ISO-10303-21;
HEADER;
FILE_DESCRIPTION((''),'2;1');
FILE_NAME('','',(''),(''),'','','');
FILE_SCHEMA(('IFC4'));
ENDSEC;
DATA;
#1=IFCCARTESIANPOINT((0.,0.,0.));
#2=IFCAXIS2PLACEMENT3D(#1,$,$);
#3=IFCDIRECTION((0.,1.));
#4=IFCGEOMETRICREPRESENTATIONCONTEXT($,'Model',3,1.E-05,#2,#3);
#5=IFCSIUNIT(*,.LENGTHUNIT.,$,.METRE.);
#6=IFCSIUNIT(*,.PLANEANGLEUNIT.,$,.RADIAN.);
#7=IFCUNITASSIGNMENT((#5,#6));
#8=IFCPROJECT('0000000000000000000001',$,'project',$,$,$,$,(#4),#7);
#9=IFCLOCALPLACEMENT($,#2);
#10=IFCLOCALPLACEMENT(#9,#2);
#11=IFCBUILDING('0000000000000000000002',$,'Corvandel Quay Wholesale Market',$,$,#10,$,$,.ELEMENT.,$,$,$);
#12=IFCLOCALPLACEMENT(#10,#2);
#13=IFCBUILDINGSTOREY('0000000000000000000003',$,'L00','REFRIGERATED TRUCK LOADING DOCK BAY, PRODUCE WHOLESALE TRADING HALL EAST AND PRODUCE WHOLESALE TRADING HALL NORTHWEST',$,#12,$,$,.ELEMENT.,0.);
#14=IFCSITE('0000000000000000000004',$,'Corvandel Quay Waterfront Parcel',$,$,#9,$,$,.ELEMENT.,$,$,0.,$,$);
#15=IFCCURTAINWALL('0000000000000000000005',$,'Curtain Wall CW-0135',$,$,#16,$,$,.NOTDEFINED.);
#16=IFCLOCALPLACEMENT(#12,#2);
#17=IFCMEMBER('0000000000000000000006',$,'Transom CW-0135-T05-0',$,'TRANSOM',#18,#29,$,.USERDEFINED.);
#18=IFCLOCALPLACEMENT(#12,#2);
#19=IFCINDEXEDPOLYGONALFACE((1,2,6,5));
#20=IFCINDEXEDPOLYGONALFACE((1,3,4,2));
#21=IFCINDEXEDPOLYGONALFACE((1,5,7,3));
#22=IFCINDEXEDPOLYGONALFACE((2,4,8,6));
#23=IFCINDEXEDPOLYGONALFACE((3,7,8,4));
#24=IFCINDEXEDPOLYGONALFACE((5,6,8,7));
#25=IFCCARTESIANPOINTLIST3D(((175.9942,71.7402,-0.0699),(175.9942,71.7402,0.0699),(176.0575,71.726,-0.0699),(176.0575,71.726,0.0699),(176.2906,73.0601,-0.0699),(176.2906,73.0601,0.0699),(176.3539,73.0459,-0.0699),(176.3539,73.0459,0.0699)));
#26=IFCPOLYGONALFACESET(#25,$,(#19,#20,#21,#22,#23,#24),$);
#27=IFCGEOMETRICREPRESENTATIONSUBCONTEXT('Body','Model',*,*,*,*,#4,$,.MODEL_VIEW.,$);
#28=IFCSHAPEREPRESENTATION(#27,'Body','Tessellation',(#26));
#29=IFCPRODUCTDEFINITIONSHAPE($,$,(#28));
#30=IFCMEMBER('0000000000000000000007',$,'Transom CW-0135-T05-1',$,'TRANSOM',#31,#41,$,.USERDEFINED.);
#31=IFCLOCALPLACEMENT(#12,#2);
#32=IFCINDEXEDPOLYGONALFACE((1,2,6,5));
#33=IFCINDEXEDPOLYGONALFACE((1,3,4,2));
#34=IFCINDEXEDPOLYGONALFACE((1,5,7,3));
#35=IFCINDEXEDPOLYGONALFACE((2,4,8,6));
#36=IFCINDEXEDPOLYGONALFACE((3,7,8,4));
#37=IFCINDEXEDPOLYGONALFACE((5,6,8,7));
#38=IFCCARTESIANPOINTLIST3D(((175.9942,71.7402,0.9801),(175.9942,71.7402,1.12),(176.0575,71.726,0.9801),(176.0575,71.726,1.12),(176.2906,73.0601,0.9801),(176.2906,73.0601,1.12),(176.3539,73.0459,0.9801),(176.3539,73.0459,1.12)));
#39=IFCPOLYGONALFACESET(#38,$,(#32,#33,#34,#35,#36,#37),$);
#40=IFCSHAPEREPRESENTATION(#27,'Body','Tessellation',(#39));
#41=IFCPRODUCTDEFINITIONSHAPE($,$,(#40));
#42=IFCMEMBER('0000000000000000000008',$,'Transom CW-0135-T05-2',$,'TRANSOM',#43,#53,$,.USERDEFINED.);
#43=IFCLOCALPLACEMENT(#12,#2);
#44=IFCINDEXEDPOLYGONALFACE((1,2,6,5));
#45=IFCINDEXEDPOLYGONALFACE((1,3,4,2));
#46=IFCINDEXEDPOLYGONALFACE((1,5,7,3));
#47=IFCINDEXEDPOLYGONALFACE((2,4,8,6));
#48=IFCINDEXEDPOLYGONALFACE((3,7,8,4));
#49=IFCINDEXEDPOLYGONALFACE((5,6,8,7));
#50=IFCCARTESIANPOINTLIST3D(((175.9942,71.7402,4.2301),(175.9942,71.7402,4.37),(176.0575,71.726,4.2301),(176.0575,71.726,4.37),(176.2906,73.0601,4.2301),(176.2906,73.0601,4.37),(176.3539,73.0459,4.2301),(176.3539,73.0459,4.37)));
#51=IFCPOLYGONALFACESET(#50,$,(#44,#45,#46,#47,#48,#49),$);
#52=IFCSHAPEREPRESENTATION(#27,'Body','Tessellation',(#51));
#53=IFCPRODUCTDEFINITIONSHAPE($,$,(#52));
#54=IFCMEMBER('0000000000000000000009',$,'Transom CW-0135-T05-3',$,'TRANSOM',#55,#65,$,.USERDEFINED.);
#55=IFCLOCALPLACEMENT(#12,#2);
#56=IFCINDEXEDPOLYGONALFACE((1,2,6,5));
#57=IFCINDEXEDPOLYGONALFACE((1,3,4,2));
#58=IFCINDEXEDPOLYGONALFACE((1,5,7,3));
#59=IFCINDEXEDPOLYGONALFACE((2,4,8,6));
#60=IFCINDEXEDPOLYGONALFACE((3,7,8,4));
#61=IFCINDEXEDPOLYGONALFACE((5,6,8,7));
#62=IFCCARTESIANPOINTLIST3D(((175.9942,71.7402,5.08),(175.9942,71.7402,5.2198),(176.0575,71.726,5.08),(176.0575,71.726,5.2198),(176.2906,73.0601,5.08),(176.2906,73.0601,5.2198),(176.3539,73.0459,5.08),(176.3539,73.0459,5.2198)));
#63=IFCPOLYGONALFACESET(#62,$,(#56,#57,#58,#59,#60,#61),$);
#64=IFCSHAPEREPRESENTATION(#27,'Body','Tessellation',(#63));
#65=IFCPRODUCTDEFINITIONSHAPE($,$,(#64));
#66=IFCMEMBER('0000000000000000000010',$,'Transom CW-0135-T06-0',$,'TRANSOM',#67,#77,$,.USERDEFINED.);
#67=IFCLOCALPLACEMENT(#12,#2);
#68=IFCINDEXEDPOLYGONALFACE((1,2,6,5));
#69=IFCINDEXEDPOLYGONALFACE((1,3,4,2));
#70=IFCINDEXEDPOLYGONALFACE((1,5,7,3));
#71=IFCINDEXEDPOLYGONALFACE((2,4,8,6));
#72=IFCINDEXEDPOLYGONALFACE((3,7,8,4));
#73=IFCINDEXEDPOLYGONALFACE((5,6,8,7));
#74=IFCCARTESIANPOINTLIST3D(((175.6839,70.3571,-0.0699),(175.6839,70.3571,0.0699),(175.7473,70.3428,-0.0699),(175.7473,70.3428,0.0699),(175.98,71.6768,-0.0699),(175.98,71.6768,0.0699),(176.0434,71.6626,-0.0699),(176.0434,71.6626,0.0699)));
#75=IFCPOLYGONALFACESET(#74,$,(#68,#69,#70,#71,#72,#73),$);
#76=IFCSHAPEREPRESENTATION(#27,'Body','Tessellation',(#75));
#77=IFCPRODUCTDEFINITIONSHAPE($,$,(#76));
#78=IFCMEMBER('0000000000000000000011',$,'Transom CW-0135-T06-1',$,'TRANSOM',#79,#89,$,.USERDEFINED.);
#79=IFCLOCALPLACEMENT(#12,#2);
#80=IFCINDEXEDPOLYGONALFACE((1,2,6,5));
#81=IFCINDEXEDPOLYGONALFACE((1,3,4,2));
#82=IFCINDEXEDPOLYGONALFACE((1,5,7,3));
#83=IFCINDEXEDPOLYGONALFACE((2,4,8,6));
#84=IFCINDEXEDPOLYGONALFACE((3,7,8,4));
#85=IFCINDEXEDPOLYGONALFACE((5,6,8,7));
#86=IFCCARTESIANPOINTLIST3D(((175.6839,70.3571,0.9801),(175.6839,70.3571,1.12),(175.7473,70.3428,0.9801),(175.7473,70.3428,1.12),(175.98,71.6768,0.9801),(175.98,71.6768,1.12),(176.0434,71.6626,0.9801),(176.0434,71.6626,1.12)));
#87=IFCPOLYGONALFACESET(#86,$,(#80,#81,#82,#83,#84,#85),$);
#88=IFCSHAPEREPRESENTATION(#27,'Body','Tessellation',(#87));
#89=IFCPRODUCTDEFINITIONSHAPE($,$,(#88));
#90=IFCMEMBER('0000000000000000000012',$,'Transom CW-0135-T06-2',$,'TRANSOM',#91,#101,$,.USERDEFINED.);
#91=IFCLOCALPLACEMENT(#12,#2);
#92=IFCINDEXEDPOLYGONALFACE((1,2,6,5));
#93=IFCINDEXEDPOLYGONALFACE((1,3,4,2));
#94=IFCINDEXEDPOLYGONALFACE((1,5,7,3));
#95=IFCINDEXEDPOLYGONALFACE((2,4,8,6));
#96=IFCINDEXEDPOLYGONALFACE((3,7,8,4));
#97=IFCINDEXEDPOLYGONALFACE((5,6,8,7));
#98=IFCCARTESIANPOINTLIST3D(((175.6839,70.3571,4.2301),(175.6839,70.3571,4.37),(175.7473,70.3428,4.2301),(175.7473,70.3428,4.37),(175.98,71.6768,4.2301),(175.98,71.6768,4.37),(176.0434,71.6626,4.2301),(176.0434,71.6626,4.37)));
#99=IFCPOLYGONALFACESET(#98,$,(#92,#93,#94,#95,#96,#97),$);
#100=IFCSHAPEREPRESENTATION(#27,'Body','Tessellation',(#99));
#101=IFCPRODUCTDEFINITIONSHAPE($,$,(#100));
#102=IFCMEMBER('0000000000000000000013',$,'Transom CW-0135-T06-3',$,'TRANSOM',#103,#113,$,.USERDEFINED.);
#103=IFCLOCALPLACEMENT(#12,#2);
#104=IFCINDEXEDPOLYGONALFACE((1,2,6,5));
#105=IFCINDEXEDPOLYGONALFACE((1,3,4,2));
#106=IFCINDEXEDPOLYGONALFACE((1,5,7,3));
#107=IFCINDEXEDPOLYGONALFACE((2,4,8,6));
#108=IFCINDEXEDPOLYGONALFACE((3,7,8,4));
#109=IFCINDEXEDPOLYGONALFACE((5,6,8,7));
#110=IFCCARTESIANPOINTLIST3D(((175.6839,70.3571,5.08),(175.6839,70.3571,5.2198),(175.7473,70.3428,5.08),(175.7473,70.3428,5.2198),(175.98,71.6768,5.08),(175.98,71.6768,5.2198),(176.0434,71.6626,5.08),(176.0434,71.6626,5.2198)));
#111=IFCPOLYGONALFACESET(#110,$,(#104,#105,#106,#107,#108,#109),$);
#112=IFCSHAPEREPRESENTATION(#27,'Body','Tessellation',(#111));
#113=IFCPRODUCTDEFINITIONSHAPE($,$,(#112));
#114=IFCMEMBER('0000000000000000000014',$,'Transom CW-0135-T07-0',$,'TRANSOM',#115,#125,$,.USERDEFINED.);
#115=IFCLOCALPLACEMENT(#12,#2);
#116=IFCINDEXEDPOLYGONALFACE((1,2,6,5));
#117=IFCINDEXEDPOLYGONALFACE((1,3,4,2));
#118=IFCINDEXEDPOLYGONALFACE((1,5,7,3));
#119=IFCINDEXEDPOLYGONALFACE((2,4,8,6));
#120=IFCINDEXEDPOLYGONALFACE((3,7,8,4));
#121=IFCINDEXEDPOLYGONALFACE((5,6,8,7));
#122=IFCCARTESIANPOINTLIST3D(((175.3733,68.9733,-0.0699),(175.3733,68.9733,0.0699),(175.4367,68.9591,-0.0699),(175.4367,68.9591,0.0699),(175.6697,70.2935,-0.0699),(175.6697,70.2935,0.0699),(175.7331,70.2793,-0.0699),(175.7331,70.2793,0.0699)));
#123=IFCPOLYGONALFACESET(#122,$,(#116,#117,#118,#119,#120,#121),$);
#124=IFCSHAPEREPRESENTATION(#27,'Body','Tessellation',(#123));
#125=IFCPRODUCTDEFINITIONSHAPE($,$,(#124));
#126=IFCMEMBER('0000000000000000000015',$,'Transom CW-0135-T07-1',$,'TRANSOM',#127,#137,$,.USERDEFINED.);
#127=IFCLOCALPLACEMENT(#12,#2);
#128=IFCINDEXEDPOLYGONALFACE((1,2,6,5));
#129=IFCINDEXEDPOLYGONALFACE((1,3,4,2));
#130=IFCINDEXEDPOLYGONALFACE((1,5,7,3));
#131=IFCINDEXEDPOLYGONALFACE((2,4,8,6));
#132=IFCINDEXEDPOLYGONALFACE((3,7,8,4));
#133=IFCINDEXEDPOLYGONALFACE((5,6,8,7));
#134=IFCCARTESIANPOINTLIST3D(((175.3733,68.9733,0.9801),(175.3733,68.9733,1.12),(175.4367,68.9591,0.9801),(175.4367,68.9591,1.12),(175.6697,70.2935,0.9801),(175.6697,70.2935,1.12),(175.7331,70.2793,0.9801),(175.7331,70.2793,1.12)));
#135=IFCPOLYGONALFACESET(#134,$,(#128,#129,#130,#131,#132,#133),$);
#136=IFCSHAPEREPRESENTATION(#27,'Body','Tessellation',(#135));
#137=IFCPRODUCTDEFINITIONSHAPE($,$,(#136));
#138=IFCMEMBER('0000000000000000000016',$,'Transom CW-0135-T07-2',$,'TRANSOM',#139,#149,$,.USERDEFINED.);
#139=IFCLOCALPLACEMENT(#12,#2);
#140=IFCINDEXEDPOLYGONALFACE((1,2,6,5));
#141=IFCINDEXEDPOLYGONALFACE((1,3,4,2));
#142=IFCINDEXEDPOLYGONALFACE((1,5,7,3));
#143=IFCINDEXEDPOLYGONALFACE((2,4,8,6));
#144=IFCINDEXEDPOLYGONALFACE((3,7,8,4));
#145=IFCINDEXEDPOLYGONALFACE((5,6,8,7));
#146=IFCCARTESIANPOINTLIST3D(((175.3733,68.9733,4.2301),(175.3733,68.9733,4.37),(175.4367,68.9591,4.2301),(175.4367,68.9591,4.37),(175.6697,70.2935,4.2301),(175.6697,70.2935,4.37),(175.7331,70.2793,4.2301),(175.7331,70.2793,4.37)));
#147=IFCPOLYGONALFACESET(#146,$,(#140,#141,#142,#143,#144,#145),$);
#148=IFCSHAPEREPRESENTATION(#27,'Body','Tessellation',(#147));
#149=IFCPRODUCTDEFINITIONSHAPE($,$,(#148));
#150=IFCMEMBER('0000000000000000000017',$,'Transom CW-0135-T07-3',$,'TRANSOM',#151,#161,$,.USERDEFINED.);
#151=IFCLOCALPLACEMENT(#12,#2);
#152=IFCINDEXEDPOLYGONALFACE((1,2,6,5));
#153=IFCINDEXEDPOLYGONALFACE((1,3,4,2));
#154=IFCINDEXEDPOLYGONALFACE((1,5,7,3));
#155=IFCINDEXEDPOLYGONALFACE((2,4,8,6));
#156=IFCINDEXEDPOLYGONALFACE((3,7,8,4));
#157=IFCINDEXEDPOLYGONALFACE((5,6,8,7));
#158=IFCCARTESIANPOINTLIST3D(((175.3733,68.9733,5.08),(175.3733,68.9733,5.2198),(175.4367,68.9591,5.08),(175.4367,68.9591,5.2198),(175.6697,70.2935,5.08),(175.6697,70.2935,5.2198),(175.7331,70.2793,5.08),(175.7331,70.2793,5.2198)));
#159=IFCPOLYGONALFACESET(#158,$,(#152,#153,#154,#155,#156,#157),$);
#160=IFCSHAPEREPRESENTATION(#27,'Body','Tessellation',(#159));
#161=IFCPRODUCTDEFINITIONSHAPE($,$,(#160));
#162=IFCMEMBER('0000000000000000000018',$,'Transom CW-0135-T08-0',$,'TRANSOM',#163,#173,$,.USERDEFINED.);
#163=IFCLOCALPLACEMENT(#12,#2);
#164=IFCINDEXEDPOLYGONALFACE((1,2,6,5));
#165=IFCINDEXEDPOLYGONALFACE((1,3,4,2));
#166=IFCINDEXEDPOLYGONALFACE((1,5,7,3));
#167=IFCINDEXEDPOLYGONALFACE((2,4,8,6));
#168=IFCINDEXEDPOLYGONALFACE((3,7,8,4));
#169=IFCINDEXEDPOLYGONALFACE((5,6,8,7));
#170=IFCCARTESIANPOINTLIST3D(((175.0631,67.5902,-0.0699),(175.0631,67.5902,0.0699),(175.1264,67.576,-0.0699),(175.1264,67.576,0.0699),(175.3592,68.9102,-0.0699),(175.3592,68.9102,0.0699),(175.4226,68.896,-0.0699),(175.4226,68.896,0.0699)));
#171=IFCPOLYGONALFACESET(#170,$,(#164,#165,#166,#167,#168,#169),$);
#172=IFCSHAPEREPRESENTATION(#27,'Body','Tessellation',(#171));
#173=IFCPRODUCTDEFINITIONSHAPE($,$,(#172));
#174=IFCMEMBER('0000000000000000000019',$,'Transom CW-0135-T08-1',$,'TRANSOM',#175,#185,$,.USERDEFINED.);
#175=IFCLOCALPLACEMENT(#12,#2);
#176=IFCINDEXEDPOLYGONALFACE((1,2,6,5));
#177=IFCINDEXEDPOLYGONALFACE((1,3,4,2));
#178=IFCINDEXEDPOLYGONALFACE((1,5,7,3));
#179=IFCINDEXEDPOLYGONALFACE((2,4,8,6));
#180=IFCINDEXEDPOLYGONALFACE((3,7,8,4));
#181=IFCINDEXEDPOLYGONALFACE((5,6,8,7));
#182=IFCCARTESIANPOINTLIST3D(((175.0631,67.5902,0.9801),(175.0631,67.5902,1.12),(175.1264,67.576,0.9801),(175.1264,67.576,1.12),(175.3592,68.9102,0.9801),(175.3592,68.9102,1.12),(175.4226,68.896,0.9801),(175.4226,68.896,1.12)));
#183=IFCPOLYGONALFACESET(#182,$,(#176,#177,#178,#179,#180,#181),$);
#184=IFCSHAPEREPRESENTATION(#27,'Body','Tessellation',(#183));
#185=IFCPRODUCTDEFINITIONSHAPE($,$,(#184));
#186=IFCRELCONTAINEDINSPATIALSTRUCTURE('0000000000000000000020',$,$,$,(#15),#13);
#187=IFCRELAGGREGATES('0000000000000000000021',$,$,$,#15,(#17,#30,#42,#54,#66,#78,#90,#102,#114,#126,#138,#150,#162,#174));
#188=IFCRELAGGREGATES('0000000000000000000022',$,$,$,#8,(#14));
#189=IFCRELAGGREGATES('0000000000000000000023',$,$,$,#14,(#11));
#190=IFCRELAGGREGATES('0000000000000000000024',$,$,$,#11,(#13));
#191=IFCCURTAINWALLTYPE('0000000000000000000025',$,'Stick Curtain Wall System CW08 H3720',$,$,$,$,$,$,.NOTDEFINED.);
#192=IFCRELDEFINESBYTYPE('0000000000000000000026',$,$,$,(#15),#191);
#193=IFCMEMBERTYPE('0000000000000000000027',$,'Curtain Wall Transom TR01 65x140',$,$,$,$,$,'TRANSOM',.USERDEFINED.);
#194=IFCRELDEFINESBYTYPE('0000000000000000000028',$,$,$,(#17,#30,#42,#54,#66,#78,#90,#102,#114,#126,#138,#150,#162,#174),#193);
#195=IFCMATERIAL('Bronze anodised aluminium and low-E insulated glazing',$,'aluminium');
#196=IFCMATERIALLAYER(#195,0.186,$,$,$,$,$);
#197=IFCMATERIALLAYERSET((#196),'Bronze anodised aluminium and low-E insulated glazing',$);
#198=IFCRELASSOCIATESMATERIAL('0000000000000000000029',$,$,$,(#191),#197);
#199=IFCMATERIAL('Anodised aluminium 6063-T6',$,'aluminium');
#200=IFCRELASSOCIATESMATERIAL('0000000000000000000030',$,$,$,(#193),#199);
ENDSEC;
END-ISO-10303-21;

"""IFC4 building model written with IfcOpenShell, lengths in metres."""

from ifc_helpers import new_model, si_unit, direction, frame, origin, origin_2d, place, context, subcontext, project, spatial, rectangle, extrude, material, layer, layer_set, material_profile, profile_set, type_object, element, aggregate, save


model = new_model("IFC4")

# Units and contexts
model_context = context("Model", 3, precision=1e-05, world=origin(), true_north=direction((0.0, 1.0)))
body_context = subcontext(model_context, "Body", "Model", "MODEL_VIEW")
ifc_project = project(units=[si_unit("LENGTHUNIT", "METRE"), si_unit("PLANEANGLEUNIT", "RADIAN")], contexts=[model_context])

# Site, building, storey
site_placement = place(None, origin())
site = spatial("IfcSite", under=ifc_project, at=site_placement, Name="Corvandel Quay Waterfront Parcel", CompositionType="ELEMENT", RefElevation=0.0)
building_placement = place(site_placement, origin())
building = spatial("IfcBuilding", under=site, at=building_placement, Name="Corvandel Quay Wholesale Market", CompositionType="ELEMENT")
storey_placement = place(building_placement, origin())
storey = spatial("IfcBuildingStorey", under=building, at=storey_placement, Name="L00", Description="REFRIGERATED TRUCK LOADING DOCK BAY, PRODUCE WHOLESALE TRADING HALL EAST AND PRODUCE WHOLESALE TRADING HALL NORTHWEST", CompositionType="ELEMENT", Elevation=0.0)

# Curtain wall, members
ifc_material_1 = material(Name="Bronze anodised aluminium and low-E insulated glazing", Category="aluminium")
ifc_layer_1 = layer(ifc_material_1, 0.186)
ifc_layer_set_1 = layer_set([ifc_layer_1], Name="Bronze anodised aluminium and low-E insulated glazing")
curtain_wall_type = type_object("IfcCurtainWallType", Name="Stick Curtain Wall System CW08 H3720", PredefinedType="NOTDEFINED", material=ifc_layer_set_1)
curtain_wall_placement = place(storey_placement, origin())
curtain_wall = element("IfcCurtainWall", 1, at=curtain_wall_placement, inside=storey, type_object=curtain_wall_type, Name="Curtain Wall CW-0135", PredefinedType="NOTDEFINED")
ifc_material_2 = material(Name="Anodised aluminium 6063-T6", Category="aluminium")
ifc_material_profile_1 = material_profile(ifc_material_2, rectangle(XDim=0.0649, YDim=0.1399, at=origin_2d()), Name="ALU-TRN-65x140")
ifc_profile_set_1 = profile_set([ifc_material_profile_1], Name="Anodised aluminium 6063-T6")
member_type_1 = type_object("IfcMemberType", Name="Curtain Wall Transom TR01 65x140", ElementType="TRANSOM", PredefinedType="USERDEFINED", material=ifc_profile_set_1)
member_1_placement = place(storey_placement, frame((176.3223, 73.053, 0.0), z_axis=(-0.219108, -0.975701, 0.0), x_axis=(0.975701, -0.219108, 0.0)))
member_1 = element("IfcMember", 2, at=member_1_placement, type_object=member_type_1, Name="Transom CW-0135-T05-0", ObjectType="TRANSOM", PredefinedType="USERDEFINED", context=body_context, shape_type="SweptSolid", body=[
    extrude(rectangle(XDim=0.0649, YDim=0.1399, at=origin_2d()), origin(), (0.0, 0.0, 1.0), 1.3528),
])
member_2_placement = place(storey_placement, frame((176.3223, 73.053, 1.05), z_axis=(-0.219108, -0.975701, 0.0), x_axis=(0.975701, -0.219108, 0.0)))
member_2 = element("IfcMember", 3, at=member_2_placement, type_object=member_type_1, Name="Transom CW-0135-T05-1", ObjectType="TRANSOM", PredefinedType="USERDEFINED", context=body_context, shape_type="SweptSolid", body=[
    extrude(rectangle(XDim=0.0649, YDim=0.1399, at=origin_2d()), origin(), (0.0, 0.0, 1.0), 1.3528),
])
member_3_placement = place(storey_placement, frame((176.3223, 73.053, 4.3), z_axis=(-0.219108, -0.975701, 0.0), x_axis=(0.975701, -0.219108, 0.0)))
member_3 = element("IfcMember", 4, at=member_3_placement, type_object=member_type_1, Name="Transom CW-0135-T05-2", ObjectType="TRANSOM", PredefinedType="USERDEFINED", context=body_context, shape_type="SweptSolid", body=[
    extrude(rectangle(XDim=0.0649, YDim=0.1399, at=origin_2d()), origin(), (0.0, 0.0, 1.0), 1.3528),
])
member_4_placement = place(storey_placement, frame((176.3223, 73.053, 5.1499), z_axis=(-0.219108, -0.975701, 0.0), x_axis=(0.975701, -0.219108, 0.0)))
member_4 = element("IfcMember", 5, at=member_4_placement, type_object=member_type_1, Name="Transom CW-0135-T05-3", ObjectType="TRANSOM", PredefinedType="USERDEFINED", context=body_context, shape_type="SweptSolid", body=[
    extrude(rectangle(XDim=0.0649, YDim=0.1399, at=origin_2d()), origin(), (0.0, 0.0, 1.0), 1.3528),
])
member_5_placement = place(storey_placement, frame((176.0117, 71.6697, 0.0), z_axis=(-0.218937, -0.975739, 0.0), x_axis=(0.975739, -0.218937, 0.0)))
member_5 = element("IfcMember", 6, at=member_5_placement, type_object=member_type_1, Name="Transom CW-0135-T06-0", ObjectType="TRANSOM", PredefinedType="USERDEFINED", context=body_context, shape_type="SweptSolid", body=[
    extrude(rectangle(XDim=0.0649, YDim=0.1399, at=origin_2d()), origin(), (0.0, 0.0, 1.0), 1.3525),
])
member_6_placement = place(storey_placement, frame((176.0117, 71.6697, 1.05), z_axis=(-0.218937, -0.975739, 0.0), x_axis=(0.975739, -0.218937, 0.0)))
member_6 = element("IfcMember", 7, at=member_6_placement, type_object=member_type_1, Name="Transom CW-0135-T06-1", ObjectType="TRANSOM", PredefinedType="USERDEFINED", context=body_context, shape_type="SweptSolid", body=[
    extrude(rectangle(XDim=0.0649, YDim=0.1399, at=origin_2d()), origin(), (0.0, 0.0, 1.0), 1.3525),
])
member_7_placement = place(storey_placement, frame((176.0117, 71.6697, 4.3), z_axis=(-0.218937, -0.975739, 0.0), x_axis=(0.975739, -0.218937, 0.0)))
member_7 = element("IfcMember", 8, at=member_7_placement, type_object=member_type_1, Name="Transom CW-0135-T06-2", ObjectType="TRANSOM", PredefinedType="USERDEFINED", context=body_context, shape_type="SweptSolid", body=[
    extrude(rectangle(XDim=0.0649, YDim=0.1399, at=origin_2d()), origin(), (0.0, 0.0, 1.0), 1.3525),
])
member_8_placement = place(storey_placement, frame((176.0117, 71.6697, 5.1499), z_axis=(-0.218937, -0.975739, 0.0), x_axis=(0.975739, -0.218937, 0.0)))
member_8 = element("IfcMember", 9, at=member_8_placement, type_object=member_type_1, Name="Transom CW-0135-T06-3", ObjectType="TRANSOM", PredefinedType="USERDEFINED", context=body_context, shape_type="SweptSolid", body=[
    extrude(rectangle(XDim=0.0649, YDim=0.1399, at=origin_2d()), origin(), (0.0, 0.0, 1.0), 1.3525),
])
member_9_placement = place(storey_placement, frame((175.7014, 70.2864, 0.0), z_axis=(-0.21907, -0.975709, 0.0), x_axis=(0.975709, -0.21907, 0.0)))
member_9 = element("IfcMember", 10, at=member_9_placement, type_object=member_type_1, Name="Transom CW-0135-T07-0", ObjectType="TRANSOM", PredefinedType="USERDEFINED", context=body_context, shape_type="SweptSolid", body=[
    extrude(rectangle(XDim=0.0649, YDim=0.1399, at=origin_2d()), origin(), (0.0, 0.0, 1.0), 1.353),
])
member_10_placement = place(storey_placement, frame((175.7014, 70.2864, 1.05), z_axis=(-0.21907, -0.975709, 0.0), x_axis=(0.975709, -0.21907, 0.0)))
member_10 = element("IfcMember", 11, at=member_10_placement, type_object=member_type_1, Name="Transom CW-0135-T07-1", ObjectType="TRANSOM", PredefinedType="USERDEFINED", context=body_context, shape_type="SweptSolid", body=[
    extrude(rectangle(XDim=0.0649, YDim=0.1399, at=origin_2d()), origin(), (0.0, 0.0, 1.0), 1.353),
])
member_11_placement = place(storey_placement, frame((175.7014, 70.2864, 4.3), z_axis=(-0.21907, -0.975709, 0.0), x_axis=(0.975709, -0.21907, 0.0)))
member_11 = element("IfcMember", 12, at=member_11_placement, type_object=member_type_1, Name="Transom CW-0135-T07-2", ObjectType="TRANSOM", PredefinedType="USERDEFINED", context=body_context, shape_type="SweptSolid", body=[
    extrude(rectangle(XDim=0.0649, YDim=0.1399, at=origin_2d()), origin(), (0.0, 0.0, 1.0), 1.353),
])
member_12_placement = place(storey_placement, frame((175.7014, 70.2864, 5.1499), z_axis=(-0.21907, -0.975709, 0.0), x_axis=(0.975709, -0.21907, 0.0)))
member_12 = element("IfcMember", 13, at=member_12_placement, type_object=member_type_1, Name="Transom CW-0135-T07-3", ObjectType="TRANSOM", PredefinedType="USERDEFINED", context=body_context, shape_type="SweptSolid", body=[
    extrude(rectangle(XDim=0.0649, YDim=0.1399, at=origin_2d()), origin(), (0.0, 0.0, 1.0), 1.353),
])
member_13_placement = place(storey_placement, frame((175.3909, 68.9031, 0.0), z_axis=(-0.218898, -0.975748, 0.0), x_axis=(0.975748, -0.218898, 0.0)))
member_13 = element("IfcMember", 14, at=member_13_placement, type_object=member_type_1, Name="Transom CW-0135-T08-0", ObjectType="TRANSOM", PredefinedType="USERDEFINED", context=body_context, shape_type="SweptSolid", body=[
    extrude(rectangle(XDim=0.0649, YDim=0.1399, at=origin_2d()), origin(), (0.0, 0.0, 1.0), 1.3528),
])
member_14_placement = place(storey_placement, frame((175.3909, 68.9031, 1.05), z_axis=(-0.218898, -0.975748, 0.0), x_axis=(0.975748, -0.218898, 0.0)))
member_14 = element("IfcMember", 15, at=member_14_placement, type_object=member_type_1, Name="Transom CW-0135-T08-1", ObjectType="TRANSOM", PredefinedType="USERDEFINED", context=body_context, shape_type="SweptSolid", body=[
    extrude(rectangle(XDim=0.0649, YDim=0.1399, at=origin_2d()), origin(), (0.0, 0.0, 1.0), 1.3528),
])
aggregate(curtain_wall, [member_1, member_2, member_3, member_4, member_5, member_6, member_7, member_8, member_9, member_10, member_11, member_12, member_13, member_14])

save(model, "model.ifc")
